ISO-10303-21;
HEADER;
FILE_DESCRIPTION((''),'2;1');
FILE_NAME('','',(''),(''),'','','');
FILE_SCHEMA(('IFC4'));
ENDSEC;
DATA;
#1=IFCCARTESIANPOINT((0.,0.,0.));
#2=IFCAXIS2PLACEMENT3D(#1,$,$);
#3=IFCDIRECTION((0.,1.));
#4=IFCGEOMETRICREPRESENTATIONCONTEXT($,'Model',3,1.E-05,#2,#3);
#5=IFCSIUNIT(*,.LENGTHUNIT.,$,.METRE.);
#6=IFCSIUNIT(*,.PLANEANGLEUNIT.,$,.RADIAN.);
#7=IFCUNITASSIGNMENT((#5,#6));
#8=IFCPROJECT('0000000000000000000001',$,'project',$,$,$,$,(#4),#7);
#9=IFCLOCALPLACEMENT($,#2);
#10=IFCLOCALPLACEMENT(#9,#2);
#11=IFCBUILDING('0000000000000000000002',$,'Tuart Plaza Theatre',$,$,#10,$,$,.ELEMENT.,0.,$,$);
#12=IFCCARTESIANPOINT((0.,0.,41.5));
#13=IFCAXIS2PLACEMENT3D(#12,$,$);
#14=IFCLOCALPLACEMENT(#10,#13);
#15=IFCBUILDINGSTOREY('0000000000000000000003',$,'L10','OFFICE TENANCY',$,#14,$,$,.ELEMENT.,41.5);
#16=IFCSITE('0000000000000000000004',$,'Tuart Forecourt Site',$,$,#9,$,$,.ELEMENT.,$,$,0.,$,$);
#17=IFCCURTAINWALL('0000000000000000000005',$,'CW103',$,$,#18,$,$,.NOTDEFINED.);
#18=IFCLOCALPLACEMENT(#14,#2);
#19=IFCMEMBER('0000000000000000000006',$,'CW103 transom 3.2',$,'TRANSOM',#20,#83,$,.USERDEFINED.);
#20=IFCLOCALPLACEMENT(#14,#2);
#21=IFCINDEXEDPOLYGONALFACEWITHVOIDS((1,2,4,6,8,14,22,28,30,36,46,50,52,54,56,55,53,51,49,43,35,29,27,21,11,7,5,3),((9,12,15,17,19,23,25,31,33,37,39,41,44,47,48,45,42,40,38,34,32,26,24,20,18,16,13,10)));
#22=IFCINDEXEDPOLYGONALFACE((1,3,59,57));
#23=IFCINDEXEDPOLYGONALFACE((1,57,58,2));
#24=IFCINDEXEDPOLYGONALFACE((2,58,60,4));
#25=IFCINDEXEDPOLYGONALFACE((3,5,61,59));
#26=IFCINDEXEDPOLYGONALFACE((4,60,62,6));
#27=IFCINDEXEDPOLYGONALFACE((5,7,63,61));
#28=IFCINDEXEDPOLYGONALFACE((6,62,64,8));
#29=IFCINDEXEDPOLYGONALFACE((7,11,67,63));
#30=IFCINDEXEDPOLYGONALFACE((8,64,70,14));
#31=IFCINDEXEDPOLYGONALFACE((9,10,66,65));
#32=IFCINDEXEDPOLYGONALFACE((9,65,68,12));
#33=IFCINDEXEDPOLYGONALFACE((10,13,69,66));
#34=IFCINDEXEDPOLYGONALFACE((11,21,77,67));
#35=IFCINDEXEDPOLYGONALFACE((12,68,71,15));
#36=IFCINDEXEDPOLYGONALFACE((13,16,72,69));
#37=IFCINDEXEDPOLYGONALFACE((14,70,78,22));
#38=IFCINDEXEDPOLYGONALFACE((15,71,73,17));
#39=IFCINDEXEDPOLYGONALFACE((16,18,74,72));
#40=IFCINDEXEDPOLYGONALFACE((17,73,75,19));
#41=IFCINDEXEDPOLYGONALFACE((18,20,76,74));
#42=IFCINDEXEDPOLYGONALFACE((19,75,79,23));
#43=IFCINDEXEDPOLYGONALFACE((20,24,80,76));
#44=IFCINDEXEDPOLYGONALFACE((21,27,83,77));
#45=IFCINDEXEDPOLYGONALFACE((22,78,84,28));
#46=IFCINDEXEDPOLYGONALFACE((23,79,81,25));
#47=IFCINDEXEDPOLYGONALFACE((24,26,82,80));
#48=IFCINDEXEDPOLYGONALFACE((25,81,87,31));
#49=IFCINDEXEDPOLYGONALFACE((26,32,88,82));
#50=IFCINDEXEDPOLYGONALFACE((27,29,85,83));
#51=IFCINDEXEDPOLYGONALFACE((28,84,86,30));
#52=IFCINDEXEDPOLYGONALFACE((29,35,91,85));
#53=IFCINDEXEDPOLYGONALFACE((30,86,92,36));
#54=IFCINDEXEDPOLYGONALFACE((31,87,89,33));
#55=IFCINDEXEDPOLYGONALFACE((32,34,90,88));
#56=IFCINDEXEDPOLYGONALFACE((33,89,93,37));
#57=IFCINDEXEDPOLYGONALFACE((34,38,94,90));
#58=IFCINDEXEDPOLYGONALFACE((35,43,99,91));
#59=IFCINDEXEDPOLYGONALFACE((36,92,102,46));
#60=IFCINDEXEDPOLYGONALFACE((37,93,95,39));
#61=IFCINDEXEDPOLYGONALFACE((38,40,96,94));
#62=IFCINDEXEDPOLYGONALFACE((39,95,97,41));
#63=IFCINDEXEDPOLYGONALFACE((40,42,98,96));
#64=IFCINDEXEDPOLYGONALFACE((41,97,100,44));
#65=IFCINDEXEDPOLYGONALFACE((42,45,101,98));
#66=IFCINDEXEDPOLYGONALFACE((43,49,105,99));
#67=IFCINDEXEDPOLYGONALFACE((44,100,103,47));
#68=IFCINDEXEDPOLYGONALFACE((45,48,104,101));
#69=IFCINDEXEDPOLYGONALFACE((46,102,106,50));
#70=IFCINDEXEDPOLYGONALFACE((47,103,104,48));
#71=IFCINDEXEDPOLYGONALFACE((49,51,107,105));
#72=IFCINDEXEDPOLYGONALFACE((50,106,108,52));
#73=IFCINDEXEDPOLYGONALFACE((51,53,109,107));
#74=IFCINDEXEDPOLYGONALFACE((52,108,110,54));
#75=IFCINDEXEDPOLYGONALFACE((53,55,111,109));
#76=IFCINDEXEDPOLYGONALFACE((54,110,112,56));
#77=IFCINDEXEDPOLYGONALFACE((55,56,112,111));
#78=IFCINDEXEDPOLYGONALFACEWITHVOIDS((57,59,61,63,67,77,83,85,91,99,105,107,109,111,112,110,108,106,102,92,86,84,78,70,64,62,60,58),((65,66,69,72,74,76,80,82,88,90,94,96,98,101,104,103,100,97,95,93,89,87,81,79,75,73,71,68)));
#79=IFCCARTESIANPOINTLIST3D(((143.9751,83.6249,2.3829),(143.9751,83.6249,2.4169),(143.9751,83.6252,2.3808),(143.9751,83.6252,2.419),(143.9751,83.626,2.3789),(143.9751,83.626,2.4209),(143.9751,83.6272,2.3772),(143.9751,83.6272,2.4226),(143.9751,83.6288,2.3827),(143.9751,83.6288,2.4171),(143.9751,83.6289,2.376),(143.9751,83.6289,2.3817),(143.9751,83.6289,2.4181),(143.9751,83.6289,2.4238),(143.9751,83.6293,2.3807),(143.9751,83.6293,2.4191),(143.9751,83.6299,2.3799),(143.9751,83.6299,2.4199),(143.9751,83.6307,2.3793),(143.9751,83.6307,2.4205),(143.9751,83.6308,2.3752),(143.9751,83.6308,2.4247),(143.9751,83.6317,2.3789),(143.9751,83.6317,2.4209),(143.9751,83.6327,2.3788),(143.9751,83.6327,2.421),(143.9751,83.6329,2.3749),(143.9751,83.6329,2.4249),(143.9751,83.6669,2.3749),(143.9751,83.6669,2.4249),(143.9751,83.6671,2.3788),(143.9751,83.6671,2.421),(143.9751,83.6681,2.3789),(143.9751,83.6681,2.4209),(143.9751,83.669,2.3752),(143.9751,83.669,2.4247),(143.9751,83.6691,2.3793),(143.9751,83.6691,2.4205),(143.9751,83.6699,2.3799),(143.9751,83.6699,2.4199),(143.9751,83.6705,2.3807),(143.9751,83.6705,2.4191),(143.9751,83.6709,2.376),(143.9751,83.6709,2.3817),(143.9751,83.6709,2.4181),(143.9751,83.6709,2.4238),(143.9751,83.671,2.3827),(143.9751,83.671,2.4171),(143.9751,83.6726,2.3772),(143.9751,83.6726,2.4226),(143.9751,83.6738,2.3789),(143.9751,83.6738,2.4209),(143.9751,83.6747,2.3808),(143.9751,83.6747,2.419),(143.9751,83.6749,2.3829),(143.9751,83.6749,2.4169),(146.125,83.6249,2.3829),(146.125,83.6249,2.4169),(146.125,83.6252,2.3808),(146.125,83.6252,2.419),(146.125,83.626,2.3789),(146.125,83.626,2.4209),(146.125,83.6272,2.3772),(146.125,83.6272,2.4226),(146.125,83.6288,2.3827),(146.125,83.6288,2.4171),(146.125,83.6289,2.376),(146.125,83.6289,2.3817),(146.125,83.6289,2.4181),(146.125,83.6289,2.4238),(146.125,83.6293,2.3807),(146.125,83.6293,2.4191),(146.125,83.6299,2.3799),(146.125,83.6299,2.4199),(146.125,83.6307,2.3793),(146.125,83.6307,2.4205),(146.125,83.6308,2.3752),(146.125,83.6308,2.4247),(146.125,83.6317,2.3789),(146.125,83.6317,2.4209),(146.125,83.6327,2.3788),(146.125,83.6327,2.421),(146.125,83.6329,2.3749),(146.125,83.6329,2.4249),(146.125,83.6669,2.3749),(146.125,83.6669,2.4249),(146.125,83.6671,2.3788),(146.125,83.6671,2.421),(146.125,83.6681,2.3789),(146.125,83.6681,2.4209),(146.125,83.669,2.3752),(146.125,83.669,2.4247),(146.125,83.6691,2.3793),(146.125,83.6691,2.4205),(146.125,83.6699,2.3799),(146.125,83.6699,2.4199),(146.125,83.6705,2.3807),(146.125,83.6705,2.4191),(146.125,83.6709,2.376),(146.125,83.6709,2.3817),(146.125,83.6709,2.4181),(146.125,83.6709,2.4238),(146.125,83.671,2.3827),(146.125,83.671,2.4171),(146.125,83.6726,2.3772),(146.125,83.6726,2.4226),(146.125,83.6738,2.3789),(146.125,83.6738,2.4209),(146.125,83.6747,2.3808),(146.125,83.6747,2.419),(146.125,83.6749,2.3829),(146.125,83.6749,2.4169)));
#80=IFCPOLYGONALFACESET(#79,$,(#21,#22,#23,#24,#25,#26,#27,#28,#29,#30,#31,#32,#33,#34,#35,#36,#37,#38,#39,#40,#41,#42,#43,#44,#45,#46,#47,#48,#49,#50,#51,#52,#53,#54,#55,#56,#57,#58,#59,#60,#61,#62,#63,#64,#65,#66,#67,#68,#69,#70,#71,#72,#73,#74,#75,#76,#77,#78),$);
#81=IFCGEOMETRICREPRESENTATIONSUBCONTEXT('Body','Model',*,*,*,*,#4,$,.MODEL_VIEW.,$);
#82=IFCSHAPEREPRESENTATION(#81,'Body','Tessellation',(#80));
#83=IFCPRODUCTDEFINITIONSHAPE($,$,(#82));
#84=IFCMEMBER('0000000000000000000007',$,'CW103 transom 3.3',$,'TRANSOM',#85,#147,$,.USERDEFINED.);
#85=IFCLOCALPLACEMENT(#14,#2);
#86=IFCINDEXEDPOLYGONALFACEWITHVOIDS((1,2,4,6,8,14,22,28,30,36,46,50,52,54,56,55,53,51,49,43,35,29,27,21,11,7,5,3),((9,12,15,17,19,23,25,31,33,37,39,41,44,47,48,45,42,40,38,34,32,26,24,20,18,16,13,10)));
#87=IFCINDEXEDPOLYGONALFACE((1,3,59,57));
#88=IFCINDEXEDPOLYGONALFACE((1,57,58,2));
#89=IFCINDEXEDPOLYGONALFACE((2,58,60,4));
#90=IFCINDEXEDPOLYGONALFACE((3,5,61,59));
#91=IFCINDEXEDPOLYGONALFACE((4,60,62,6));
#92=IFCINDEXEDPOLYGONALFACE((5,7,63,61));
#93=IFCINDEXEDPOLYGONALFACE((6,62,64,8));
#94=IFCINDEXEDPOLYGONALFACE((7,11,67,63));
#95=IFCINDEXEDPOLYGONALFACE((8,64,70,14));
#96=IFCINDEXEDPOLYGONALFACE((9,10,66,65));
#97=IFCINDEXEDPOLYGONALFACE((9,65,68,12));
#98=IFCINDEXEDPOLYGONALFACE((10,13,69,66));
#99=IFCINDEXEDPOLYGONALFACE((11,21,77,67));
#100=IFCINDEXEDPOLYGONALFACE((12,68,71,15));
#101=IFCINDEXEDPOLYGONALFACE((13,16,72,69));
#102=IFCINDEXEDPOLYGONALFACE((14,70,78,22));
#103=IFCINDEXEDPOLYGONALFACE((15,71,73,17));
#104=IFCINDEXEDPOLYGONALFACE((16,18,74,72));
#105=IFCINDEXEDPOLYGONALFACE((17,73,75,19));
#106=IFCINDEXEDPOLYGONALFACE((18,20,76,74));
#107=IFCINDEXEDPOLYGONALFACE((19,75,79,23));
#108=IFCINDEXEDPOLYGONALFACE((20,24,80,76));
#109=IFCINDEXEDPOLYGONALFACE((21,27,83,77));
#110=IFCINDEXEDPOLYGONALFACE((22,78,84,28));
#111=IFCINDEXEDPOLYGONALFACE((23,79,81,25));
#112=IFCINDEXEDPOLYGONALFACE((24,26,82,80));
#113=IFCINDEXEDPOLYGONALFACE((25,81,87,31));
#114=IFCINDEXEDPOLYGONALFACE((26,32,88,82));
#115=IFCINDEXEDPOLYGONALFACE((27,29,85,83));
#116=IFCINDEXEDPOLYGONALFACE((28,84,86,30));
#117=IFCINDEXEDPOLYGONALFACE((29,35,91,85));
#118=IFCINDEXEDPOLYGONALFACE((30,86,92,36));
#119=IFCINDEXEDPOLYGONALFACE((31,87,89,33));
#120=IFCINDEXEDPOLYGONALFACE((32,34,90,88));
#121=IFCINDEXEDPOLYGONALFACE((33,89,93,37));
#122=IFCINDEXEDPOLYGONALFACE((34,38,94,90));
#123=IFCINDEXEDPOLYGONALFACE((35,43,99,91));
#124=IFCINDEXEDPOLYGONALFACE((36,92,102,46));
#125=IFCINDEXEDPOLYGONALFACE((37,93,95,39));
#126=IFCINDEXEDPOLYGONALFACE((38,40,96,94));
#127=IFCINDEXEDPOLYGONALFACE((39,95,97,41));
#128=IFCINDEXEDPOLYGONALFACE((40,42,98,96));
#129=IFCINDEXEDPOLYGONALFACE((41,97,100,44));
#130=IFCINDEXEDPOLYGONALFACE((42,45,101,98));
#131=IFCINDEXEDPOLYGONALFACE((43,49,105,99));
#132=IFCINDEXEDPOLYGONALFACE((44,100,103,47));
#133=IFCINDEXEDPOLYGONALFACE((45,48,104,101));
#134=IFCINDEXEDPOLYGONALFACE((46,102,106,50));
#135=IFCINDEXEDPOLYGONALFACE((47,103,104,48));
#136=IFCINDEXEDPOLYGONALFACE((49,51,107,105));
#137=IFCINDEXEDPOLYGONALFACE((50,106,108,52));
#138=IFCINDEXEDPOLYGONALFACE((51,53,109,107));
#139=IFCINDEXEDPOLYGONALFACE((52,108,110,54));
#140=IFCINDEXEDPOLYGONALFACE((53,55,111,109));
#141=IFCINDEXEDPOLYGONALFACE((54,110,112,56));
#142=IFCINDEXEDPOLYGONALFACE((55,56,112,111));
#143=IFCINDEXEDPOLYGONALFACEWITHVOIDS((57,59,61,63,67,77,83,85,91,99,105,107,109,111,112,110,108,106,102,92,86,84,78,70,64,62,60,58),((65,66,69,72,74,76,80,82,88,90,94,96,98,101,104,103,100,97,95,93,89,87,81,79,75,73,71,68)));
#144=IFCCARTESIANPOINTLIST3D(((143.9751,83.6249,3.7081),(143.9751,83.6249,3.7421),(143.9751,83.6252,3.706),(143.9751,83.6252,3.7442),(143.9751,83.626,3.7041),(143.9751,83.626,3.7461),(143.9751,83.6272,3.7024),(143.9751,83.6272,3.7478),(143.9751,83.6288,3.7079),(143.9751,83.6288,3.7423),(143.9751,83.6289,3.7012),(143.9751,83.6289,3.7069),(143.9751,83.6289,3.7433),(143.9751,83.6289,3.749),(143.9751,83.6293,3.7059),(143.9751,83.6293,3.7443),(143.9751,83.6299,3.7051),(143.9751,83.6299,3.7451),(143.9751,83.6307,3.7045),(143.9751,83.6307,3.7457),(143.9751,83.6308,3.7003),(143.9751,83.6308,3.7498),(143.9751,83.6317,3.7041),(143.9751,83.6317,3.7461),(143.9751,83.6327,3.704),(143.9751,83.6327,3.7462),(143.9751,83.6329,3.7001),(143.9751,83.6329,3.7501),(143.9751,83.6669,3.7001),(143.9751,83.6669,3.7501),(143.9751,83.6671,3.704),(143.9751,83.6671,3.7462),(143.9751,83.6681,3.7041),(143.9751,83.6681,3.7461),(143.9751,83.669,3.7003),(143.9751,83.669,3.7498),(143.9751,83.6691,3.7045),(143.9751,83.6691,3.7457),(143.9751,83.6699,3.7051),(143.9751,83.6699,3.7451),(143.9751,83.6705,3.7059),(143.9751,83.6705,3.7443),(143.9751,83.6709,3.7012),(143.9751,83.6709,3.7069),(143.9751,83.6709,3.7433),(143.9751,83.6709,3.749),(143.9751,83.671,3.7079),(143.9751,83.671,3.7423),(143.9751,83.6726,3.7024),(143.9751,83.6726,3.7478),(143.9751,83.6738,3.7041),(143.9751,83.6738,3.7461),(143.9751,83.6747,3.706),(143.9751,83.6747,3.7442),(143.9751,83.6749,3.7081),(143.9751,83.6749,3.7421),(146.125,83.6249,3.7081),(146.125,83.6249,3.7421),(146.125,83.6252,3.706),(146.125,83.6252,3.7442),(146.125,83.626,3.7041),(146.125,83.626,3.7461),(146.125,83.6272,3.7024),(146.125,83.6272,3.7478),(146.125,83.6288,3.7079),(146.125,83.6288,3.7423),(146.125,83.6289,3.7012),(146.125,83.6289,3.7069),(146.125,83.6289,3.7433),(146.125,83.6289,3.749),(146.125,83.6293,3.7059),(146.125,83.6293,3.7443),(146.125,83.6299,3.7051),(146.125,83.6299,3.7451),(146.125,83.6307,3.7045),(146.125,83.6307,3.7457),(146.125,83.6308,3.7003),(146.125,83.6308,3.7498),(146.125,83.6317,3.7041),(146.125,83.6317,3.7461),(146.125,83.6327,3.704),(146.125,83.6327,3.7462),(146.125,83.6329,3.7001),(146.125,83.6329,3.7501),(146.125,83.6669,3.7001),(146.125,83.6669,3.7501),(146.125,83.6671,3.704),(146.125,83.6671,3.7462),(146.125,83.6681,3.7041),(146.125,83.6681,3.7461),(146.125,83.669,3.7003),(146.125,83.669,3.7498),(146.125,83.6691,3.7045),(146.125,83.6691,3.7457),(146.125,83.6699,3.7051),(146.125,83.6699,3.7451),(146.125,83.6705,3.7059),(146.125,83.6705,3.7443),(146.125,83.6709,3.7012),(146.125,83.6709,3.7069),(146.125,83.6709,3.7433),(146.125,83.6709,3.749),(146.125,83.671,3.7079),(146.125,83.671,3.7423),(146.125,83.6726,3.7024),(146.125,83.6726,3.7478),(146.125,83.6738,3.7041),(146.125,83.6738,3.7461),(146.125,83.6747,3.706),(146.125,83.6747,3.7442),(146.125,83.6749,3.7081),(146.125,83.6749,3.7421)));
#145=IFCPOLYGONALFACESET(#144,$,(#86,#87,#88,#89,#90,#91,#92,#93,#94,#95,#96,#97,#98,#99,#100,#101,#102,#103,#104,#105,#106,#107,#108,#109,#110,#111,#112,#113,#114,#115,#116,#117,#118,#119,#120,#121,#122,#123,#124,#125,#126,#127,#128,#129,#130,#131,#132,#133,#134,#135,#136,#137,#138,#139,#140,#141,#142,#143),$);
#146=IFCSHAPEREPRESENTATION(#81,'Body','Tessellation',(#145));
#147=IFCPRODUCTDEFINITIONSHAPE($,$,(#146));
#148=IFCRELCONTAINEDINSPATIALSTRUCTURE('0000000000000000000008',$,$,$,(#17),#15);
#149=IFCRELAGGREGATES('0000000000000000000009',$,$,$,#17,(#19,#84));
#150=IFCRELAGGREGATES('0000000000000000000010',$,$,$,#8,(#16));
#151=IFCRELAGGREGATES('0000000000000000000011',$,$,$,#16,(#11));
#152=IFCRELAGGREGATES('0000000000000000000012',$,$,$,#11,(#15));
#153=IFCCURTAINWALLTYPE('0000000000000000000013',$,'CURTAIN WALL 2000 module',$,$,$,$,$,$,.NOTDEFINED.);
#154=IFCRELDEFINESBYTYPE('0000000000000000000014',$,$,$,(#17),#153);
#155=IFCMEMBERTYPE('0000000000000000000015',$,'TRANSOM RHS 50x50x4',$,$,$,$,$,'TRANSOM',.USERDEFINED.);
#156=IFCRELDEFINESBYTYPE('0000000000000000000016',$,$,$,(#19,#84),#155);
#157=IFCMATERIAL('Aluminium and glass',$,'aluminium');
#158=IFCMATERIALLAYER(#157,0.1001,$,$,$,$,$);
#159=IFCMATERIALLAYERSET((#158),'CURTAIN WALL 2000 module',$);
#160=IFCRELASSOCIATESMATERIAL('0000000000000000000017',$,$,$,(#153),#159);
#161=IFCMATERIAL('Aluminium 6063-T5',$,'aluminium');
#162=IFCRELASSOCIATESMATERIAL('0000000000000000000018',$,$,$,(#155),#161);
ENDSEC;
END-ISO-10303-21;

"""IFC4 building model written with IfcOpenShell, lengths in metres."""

from ifc_helpers import new_model, si_unit, direction, frame, origin, origin_2d, place, context, subcontext, project, spatial, hollow_rectangle, extrude, material, layer, layer_set, material_profile, profile_set, type_object, element, aggregate, save


model = new_model("IFC4")

# Units and contexts
model_context = context("Model", 3, precision=1e-05, world=origin(), true_north=direction((0.0, 1.0)))
body_context = subcontext(model_context, "Body", "Model", "MODEL_VIEW")
ifc_project = project(units=[si_unit("LENGTHUNIT", "METRE"), si_unit("PLANEANGLEUNIT", "RADIAN")], contexts=[model_context])

# Site, building, storey
site_placement = place(None, origin())
site = spatial("IfcSite", under=ifc_project, at=site_placement, Name="Tuart Forecourt Site", CompositionType="ELEMENT", RefElevation=0.0)
building_placement = place(site_placement, origin())
building = spatial("IfcBuilding", under=site, at=building_placement, Name="Tuart Plaza Theatre", CompositionType="ELEMENT", ElevationOfRefHeight=0.0)
storey_placement = place(building_placement, frame((0.0, 0.0, 41.5)))
storey = spatial("IfcBuildingStorey", under=building, at=storey_placement, Name="L10", Description="OFFICE TENANCY", CompositionType="ELEMENT", Elevation=41.5)

# Shared definitions
ifc_material_1 = material(Name="Aluminium and glass", Category="aluminium")
ifc_layer_1 = layer(ifc_material_1, 0.1001)
ifc_layer_set_1 = layer_set([ifc_layer_1], Name="CURTAIN WALL 2000 module")
curtain_wall_type = type_object("IfcCurtainWallType", Name="CURTAIN WALL 2000 module", PredefinedType="NOTDEFINED", material=ifc_layer_set_1)

# Curtain wall
curtain_wall_1_placement = place(storey_placement, origin())
curtain_wall_1 = element("IfcCurtainWall", 1, at=curtain_wall_1_placement, inside=storey, type_object=curtain_wall_type, Name="CW103", PredefinedType="NOTDEFINED")

# Members
ifc_material_2 = material(Name="Aluminium 6063-T5", Category="aluminium")
ifc_material_profile_1 = material_profile(ifc_material_2, hollow_rectangle(XDim=0.05, YDim=0.05, WallThickness=0.0039, InnerFilletRadius=0.0039, OuterFilletRadius=0.0081, at=origin_2d()), Name="RHS 50x50x4")
ifc_profile_set_1 = profile_set([ifc_material_profile_1], Name="Aluminium 6063-T5")
member_type_1 = type_object("IfcMemberType", Name="TRANSOM RHS 50x50x4", ElementType="TRANSOM", PredefinedType="USERDEFINED", material=ifc_profile_set_1)
member_1_placement = place(storey_placement, frame((146.125, 83.6499, 2.3999), z_axis=(-1.0, 0.0, 0.0), x_axis=(0.0, -1.0, 0.0)))
member_1 = element("IfcMember", 2, at=member_1_placement, type_object=member_type_1, Name="CW103 transom 3.2", ObjectType="TRANSOM", PredefinedType="USERDEFINED", context=body_context, shape_type="SweptSolid", body=[
    extrude(hollow_rectangle(XDim=0.05, YDim=0.05, WallThickness=0.0039, InnerFilletRadius=0.0039, OuterFilletRadius=0.0081, at=origin_2d()), origin(), (0.0, 0.0, 1.0), 2.1499),
])
member_2_placement = place(storey_placement, frame((146.125, 83.6499, 3.7251), z_axis=(-1.0, 0.0, 0.0), x_axis=(0.0, -1.0, 0.0)))
member_2 = element("IfcMember", 3, at=member_2_placement, type_object=member_type_1, Name="CW103 transom 3.3", ObjectType="TRANSOM", PredefinedType="USERDEFINED", context=body_context, shape_type="SweptSolid", body=[
    extrude(hollow_rectangle(XDim=0.05, YDim=0.05, WallThickness=0.0039, InnerFilletRadius=0.0039, OuterFilletRadius=0.0081, at=origin_2d()), origin(), (0.0, 0.0, 1.0), 2.1499),
])

aggregate(curtain_wall_1, [member_1, member_2])

save(model, "model.ifc")
